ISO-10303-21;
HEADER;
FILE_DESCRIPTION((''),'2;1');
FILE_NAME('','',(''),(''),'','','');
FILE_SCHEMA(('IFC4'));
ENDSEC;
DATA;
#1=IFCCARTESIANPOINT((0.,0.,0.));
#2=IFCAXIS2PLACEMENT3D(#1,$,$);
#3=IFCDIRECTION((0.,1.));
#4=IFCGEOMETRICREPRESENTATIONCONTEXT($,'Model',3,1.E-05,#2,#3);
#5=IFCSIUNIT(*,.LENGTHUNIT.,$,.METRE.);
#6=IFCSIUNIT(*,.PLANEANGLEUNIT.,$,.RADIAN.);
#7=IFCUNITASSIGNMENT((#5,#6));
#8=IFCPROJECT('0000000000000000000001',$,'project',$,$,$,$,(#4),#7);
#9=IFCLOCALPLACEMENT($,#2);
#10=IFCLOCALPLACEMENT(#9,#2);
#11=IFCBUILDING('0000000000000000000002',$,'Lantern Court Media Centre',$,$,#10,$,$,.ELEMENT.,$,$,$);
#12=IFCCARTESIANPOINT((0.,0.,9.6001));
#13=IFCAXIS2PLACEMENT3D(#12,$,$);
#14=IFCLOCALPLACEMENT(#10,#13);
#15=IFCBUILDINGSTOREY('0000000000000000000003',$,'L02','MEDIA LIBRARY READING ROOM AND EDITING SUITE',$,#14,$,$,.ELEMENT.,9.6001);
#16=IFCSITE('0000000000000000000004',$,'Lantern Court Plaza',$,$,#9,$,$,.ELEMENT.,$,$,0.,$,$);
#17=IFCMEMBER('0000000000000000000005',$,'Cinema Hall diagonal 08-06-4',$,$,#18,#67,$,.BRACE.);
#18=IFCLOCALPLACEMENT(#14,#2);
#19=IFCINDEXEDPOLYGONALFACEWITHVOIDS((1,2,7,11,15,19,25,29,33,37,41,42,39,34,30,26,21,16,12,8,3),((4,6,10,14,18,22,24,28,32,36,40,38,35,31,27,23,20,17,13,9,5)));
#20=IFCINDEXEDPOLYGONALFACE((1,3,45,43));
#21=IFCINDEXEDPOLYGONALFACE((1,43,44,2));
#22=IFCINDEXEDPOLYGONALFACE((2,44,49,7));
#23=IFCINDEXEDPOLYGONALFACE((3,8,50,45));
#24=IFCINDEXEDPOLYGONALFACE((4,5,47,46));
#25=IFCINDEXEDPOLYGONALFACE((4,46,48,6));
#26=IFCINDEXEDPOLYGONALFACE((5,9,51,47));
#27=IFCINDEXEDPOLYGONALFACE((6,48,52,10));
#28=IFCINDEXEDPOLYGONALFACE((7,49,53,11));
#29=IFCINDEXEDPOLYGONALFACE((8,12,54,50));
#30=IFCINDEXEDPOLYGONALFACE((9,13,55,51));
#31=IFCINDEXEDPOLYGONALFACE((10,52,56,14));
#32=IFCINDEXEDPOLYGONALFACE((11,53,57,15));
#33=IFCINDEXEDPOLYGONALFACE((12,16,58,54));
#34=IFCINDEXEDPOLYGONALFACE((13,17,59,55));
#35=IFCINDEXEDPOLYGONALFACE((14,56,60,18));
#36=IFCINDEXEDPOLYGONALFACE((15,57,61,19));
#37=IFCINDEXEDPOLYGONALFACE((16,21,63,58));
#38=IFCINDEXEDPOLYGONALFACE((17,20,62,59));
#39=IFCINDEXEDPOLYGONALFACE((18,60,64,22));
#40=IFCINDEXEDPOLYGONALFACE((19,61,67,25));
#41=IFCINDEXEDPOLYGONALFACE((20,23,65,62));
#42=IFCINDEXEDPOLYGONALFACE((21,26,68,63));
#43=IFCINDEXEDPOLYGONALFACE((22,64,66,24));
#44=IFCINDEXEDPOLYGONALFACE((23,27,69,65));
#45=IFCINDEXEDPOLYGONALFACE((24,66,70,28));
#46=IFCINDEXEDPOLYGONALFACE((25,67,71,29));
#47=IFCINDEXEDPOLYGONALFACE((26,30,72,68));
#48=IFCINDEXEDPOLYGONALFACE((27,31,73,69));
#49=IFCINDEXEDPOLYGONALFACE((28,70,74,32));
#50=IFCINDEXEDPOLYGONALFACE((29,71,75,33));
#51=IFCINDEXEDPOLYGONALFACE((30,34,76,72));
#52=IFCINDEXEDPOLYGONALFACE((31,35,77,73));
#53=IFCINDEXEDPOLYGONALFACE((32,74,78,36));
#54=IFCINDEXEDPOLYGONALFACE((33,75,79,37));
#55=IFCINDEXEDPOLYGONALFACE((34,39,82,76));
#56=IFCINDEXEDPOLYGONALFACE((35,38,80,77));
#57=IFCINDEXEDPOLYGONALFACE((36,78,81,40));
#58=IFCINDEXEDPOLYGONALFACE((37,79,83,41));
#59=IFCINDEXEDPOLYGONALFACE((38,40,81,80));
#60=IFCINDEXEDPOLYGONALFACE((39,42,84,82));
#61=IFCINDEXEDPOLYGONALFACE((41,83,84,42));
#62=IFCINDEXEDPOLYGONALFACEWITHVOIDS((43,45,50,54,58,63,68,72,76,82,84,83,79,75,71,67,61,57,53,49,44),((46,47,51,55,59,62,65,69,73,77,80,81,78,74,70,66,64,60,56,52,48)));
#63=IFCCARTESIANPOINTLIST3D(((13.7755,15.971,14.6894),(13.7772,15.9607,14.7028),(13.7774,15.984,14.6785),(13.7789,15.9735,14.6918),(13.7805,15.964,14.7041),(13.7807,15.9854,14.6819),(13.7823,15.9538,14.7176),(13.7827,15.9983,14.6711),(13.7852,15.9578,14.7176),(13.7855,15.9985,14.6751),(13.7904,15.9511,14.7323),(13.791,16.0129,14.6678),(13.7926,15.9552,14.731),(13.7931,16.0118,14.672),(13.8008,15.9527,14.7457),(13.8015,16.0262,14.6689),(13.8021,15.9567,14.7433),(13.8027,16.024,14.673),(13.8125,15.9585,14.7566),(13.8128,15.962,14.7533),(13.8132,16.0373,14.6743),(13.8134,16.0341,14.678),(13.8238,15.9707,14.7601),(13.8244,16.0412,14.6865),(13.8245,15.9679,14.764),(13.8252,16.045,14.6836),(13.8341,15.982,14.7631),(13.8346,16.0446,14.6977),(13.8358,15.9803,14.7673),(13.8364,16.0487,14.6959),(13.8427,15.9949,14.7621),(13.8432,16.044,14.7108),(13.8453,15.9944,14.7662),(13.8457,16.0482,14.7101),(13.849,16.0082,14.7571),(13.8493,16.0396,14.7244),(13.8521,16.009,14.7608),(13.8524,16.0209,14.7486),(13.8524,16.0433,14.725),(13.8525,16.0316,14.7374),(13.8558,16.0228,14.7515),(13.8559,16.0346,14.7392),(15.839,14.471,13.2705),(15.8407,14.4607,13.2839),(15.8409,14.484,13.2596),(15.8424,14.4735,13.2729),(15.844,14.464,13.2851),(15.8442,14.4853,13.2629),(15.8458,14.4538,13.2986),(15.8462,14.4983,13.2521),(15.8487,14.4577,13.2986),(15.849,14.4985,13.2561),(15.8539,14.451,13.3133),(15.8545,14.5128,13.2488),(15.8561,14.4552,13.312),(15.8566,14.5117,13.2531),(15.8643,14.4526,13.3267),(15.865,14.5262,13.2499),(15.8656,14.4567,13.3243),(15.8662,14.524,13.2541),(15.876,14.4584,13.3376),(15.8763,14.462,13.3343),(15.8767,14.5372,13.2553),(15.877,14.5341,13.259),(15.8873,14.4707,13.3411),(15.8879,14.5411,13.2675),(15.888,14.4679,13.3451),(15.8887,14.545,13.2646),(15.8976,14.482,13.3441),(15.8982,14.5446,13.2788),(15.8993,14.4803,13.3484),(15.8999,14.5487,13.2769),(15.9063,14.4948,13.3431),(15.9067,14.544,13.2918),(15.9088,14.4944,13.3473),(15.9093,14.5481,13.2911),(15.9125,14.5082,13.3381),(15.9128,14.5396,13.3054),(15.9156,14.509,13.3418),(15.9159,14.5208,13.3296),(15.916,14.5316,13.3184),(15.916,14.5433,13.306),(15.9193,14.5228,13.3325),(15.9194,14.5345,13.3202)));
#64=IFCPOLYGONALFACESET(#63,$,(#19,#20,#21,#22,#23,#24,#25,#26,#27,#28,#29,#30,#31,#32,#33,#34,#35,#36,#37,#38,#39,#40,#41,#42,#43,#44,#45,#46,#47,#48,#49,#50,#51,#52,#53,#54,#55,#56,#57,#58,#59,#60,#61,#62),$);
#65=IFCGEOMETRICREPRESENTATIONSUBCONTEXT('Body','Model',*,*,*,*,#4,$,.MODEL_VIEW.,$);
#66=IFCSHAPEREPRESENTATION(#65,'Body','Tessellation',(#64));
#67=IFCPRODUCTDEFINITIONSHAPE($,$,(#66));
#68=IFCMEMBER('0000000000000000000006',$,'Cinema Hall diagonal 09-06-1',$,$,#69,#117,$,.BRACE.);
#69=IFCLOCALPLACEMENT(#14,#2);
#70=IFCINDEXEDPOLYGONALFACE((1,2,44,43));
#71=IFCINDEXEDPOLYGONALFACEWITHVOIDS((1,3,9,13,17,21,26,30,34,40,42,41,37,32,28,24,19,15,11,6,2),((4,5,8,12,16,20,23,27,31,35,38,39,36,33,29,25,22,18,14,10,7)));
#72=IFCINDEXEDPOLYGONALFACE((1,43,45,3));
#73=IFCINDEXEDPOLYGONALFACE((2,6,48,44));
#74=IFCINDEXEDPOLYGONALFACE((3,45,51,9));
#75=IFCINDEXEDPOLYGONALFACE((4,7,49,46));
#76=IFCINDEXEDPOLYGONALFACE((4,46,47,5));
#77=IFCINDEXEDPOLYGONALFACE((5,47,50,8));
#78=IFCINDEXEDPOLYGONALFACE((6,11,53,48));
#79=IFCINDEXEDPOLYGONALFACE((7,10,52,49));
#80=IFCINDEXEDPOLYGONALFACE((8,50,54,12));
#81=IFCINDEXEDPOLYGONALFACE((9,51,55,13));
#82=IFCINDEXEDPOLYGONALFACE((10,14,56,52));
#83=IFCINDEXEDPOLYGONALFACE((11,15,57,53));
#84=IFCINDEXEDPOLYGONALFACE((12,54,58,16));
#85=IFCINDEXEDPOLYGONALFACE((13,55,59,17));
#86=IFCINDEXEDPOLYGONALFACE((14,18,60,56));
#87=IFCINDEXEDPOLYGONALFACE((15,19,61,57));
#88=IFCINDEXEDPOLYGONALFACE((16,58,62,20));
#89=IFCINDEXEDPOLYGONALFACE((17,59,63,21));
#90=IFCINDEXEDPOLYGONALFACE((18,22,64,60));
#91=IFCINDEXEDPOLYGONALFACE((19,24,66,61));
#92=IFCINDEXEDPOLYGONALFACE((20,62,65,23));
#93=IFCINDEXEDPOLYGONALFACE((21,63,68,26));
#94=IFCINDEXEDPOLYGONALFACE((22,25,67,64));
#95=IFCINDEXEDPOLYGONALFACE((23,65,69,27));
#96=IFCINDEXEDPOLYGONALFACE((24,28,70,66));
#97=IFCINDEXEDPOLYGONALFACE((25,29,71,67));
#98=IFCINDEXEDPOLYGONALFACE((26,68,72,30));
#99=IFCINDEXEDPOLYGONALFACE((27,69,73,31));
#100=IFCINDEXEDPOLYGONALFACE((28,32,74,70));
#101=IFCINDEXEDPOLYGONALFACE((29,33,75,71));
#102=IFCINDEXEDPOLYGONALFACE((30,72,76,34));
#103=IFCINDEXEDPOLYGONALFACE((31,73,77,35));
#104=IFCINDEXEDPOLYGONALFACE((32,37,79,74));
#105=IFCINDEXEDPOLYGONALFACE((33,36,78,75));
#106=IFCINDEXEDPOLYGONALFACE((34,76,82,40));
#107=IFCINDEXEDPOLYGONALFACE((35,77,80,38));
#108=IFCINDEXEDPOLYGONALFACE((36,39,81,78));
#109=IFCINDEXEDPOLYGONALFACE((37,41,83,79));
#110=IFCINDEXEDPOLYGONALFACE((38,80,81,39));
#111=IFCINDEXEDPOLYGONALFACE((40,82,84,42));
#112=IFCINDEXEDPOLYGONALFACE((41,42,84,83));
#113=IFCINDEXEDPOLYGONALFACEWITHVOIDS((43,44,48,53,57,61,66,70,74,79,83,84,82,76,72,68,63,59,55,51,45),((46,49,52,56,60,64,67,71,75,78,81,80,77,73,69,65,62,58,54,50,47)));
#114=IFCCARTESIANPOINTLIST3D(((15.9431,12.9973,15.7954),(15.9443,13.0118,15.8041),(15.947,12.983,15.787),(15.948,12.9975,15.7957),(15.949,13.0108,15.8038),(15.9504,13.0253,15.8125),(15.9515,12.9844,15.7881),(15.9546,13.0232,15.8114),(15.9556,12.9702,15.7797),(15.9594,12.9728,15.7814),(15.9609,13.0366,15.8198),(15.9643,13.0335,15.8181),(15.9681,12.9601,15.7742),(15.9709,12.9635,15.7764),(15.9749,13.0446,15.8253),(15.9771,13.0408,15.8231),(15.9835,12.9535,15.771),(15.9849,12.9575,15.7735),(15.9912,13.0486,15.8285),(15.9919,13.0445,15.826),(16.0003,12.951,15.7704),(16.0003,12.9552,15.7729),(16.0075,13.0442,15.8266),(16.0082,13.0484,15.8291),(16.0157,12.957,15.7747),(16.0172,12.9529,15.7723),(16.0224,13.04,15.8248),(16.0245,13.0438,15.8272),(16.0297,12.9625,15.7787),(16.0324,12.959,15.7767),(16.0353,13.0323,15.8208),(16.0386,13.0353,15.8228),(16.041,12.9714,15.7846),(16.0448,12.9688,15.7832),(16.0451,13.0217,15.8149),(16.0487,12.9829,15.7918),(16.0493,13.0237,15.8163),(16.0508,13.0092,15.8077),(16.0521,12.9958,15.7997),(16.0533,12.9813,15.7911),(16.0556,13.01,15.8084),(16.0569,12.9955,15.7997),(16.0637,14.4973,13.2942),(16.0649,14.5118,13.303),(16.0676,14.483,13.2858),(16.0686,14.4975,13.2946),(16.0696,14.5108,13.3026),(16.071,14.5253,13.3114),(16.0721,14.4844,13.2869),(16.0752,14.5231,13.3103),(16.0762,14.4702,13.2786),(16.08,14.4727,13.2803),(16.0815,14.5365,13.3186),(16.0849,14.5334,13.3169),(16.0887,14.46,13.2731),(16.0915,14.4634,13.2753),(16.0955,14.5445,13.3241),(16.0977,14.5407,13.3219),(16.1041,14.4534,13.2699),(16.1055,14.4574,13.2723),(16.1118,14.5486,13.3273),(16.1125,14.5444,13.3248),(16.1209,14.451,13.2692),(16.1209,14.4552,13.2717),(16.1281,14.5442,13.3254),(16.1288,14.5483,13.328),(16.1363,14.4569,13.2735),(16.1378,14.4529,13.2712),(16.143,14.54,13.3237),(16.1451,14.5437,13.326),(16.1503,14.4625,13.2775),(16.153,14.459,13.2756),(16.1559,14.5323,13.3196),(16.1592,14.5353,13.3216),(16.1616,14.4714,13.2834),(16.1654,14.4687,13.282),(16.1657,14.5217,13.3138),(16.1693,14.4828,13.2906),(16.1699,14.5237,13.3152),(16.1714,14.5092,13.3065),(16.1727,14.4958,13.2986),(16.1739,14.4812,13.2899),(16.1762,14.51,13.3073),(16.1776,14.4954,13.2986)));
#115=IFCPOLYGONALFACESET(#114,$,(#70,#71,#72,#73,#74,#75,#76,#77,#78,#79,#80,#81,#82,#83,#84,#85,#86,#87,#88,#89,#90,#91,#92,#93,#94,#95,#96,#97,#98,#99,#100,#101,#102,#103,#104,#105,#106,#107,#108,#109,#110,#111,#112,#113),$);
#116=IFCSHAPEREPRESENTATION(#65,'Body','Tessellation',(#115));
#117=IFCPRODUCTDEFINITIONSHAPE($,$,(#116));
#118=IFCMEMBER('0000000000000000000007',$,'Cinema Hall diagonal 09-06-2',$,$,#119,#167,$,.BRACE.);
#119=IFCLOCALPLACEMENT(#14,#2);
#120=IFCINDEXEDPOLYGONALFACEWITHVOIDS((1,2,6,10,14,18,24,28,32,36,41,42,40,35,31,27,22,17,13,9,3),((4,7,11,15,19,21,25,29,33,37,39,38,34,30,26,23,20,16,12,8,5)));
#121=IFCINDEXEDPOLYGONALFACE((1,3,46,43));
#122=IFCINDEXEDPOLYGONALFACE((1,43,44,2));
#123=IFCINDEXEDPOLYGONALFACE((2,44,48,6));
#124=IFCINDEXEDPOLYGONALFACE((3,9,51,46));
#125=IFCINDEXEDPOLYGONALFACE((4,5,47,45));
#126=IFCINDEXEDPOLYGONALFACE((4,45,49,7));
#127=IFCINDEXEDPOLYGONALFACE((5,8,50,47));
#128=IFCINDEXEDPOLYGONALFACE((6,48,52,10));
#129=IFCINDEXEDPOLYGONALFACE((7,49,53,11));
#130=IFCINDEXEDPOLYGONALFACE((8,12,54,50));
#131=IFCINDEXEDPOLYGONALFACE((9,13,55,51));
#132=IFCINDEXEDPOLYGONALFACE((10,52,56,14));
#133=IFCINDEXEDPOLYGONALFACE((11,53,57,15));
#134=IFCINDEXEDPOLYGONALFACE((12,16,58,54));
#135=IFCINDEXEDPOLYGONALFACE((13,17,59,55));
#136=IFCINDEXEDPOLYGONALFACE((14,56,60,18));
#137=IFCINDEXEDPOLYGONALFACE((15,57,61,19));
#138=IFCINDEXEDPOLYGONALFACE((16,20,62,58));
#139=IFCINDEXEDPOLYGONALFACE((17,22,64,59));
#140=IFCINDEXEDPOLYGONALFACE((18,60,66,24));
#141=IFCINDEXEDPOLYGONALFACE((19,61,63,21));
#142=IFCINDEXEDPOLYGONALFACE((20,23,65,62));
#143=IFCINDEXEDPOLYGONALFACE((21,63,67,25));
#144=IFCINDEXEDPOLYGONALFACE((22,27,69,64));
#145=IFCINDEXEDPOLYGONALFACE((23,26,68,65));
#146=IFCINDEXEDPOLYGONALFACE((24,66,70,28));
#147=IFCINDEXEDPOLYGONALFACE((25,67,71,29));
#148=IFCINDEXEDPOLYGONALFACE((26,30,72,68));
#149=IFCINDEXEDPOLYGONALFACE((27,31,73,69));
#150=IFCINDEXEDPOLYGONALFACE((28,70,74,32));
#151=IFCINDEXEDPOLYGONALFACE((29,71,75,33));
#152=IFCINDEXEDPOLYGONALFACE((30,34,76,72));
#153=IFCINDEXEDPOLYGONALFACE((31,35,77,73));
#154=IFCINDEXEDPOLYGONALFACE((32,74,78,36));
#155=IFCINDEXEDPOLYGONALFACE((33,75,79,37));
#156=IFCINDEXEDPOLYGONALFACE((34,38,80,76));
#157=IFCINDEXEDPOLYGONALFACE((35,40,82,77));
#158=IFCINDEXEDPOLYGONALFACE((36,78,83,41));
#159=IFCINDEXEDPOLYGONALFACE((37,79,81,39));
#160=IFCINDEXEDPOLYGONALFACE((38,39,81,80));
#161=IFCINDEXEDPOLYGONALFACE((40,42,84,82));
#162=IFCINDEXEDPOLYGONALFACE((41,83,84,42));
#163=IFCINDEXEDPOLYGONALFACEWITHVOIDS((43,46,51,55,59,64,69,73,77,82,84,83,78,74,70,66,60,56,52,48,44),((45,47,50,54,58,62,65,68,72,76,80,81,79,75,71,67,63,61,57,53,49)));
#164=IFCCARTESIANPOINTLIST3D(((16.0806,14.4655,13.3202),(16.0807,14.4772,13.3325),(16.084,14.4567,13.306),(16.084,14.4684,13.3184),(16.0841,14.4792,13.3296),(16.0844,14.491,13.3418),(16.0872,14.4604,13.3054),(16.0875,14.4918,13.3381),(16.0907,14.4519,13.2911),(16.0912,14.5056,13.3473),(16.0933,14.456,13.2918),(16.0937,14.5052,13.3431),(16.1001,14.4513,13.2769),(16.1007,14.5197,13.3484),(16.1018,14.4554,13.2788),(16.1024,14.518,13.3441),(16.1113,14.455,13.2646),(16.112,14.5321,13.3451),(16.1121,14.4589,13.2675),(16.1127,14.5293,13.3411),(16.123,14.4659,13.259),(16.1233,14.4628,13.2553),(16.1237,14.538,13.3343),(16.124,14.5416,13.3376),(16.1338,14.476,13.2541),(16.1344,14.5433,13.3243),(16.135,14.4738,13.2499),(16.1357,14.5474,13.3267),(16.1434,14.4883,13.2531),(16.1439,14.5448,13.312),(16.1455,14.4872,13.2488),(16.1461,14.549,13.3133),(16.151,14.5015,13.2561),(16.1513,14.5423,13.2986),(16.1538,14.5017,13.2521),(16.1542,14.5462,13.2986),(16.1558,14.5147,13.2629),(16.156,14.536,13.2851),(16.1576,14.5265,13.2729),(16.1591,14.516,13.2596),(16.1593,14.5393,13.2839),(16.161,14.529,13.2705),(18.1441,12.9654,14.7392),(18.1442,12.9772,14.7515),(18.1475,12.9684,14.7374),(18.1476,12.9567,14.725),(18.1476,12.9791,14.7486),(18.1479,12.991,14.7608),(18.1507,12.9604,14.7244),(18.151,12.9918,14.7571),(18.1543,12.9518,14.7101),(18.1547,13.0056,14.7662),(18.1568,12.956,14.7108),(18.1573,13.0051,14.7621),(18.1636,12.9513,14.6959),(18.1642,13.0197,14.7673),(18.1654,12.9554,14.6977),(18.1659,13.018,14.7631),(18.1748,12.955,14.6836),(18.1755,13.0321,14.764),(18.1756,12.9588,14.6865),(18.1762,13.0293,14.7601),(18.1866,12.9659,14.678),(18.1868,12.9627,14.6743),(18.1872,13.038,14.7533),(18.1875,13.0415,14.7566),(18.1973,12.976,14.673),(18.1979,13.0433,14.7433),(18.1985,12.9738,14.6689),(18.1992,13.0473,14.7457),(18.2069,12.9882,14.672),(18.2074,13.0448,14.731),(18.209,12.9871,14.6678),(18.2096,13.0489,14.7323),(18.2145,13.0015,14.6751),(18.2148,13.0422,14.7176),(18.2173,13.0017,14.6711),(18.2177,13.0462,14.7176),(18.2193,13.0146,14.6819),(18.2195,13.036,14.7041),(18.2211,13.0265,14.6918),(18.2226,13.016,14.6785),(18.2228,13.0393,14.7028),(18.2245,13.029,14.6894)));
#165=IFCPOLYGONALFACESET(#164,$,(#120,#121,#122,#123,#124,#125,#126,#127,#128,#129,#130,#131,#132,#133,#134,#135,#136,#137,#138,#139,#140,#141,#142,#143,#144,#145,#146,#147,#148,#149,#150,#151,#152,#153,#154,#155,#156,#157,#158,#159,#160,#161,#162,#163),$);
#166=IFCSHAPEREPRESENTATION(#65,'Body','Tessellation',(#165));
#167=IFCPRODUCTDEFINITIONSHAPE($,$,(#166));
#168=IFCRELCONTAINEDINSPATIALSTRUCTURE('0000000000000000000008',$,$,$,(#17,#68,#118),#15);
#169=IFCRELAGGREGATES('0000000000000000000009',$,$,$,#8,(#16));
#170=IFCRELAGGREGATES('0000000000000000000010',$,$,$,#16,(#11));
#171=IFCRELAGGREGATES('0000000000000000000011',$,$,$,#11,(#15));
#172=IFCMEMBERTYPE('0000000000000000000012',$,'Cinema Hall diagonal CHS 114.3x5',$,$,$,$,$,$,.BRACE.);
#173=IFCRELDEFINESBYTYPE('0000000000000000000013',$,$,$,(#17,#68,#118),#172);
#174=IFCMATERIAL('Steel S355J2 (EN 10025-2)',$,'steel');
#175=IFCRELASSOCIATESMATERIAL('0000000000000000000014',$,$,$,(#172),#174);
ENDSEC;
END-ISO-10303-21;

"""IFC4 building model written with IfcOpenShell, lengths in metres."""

from ifc_helpers import new_model, si_unit, direction, frame, origin, origin_2d, place, context, subcontext, project, spatial, hollow_circle, extrude, material, material_profile, profile_set, type_object, element, save


model = new_model("IFC4")

# Units and contexts
model_context = context("Model", 3, precision=1e-05, world=origin(), true_north=direction((0.0, 1.0)))
body_context = subcontext(model_context, "Body", "Model", "MODEL_VIEW")
ifc_project = project(units=[si_unit("LENGTHUNIT", "METRE"), si_unit("PLANEANGLEUNIT", "RADIAN")], contexts=[model_context])

# Site, building, storey
site_placement = place(None, origin())
site = spatial("IfcSite", under=ifc_project, at=site_placement, Name="Lantern Court Plaza", CompositionType="ELEMENT", RefElevation=0.0)
building_placement = place(site_placement, origin())
building = spatial("IfcBuilding", under=site, at=building_placement, Name="Lantern Court Media Centre", CompositionType="ELEMENT")
storey_placement = place(building_placement, frame((0.0, 0.0, 9.6001)))
storey = spatial("IfcBuildingStorey", under=building, at=storey_placement, Name="L02", Description="MEDIA LIBRARY READING ROOM AND EDITING SUITE", CompositionType="ELEMENT", Elevation=9.6001)

# Members
ifc_material = material(Name="Steel S355J2 (EN 10025-2)", Category="steel")
ifc_material_profile_1 = material_profile(ifc_material, hollow_circle(Radius=0.0571, WallThickness=0.0049, at=origin_2d()), Name="Cinema Hall diagonal CHS 114.3x5")
ifc_profile_set_1 = profile_set([ifc_material_profile_1], Name="Steel S355J2 (EN 10025-2)")
member_type_1 = type_object("IfcMemberType", Name="Cinema Hall diagonal CHS 114.3x5", PredefinedType="BRACE", material=ifc_profile_set_1)
member_1_placement = place(storey_placement, frame((15.8794, 14.5, 13.2986), z_axis=(-0.70688, 0.513851, 0.486084), x_axis=(-0.58799, -0.808868, 0.0)))
element("IfcMember", 1, at=member_1_placement, inside=storey, type_object=member_type_1, Name="Cinema Hall diagonal 08-06-4", PredefinedType="BRACE", context=body_context, shape_type="SweptSolid", body=[
    extrude(hollow_circle(Radius=0.0571, WallThickness=0.0049, at=origin_2d()), origin(), (0.0, 0.0, 1.0), 2.9192),
])
member_2_placement = place(storey_placement, frame((16.1206, 14.5, 13.2986), z_axis=(-0.041317, -0.513872, 0.856871), x_axis=(0.996783, -0.080145, 0.0)))
element("IfcMember", 2, at=member_2_placement, inside=storey, type_object=member_type_1, Name="Cinema Hall diagonal 09-06-1", PredefinedType="BRACE", context=body_context, shape_type="SweptSolid", body=[
    extrude(hollow_circle(Radius=0.0571, WallThickness=0.0049, at=origin_2d()), origin(), (0.0, 0.0, 1.0), 2.9189),
])
for number, where, z_axis, x_axis, name in (
    (3, (16.1206, 14.5, 13.2986), (0.70688, -0.513851, 0.486084), (0.58799, 0.808868, 0.0), "Cinema Hall diagonal 09-06-2"),
):
    element("IfcMember", number, at=place(storey_placement, frame(where, z_axis=z_axis, x_axis=x_axis)), inside=storey, type_object=member_type_1, Name=name, PredefinedType="BRACE", context=body_context, shape_type="SweptSolid", body=[
        extrude(hollow_circle(Radius=0.0571, WallThickness=0.0049, at=origin_2d()), origin(), (0.0, 0.0, 1.0), 2.9192),
    ])

save(model, "model.ifc")
